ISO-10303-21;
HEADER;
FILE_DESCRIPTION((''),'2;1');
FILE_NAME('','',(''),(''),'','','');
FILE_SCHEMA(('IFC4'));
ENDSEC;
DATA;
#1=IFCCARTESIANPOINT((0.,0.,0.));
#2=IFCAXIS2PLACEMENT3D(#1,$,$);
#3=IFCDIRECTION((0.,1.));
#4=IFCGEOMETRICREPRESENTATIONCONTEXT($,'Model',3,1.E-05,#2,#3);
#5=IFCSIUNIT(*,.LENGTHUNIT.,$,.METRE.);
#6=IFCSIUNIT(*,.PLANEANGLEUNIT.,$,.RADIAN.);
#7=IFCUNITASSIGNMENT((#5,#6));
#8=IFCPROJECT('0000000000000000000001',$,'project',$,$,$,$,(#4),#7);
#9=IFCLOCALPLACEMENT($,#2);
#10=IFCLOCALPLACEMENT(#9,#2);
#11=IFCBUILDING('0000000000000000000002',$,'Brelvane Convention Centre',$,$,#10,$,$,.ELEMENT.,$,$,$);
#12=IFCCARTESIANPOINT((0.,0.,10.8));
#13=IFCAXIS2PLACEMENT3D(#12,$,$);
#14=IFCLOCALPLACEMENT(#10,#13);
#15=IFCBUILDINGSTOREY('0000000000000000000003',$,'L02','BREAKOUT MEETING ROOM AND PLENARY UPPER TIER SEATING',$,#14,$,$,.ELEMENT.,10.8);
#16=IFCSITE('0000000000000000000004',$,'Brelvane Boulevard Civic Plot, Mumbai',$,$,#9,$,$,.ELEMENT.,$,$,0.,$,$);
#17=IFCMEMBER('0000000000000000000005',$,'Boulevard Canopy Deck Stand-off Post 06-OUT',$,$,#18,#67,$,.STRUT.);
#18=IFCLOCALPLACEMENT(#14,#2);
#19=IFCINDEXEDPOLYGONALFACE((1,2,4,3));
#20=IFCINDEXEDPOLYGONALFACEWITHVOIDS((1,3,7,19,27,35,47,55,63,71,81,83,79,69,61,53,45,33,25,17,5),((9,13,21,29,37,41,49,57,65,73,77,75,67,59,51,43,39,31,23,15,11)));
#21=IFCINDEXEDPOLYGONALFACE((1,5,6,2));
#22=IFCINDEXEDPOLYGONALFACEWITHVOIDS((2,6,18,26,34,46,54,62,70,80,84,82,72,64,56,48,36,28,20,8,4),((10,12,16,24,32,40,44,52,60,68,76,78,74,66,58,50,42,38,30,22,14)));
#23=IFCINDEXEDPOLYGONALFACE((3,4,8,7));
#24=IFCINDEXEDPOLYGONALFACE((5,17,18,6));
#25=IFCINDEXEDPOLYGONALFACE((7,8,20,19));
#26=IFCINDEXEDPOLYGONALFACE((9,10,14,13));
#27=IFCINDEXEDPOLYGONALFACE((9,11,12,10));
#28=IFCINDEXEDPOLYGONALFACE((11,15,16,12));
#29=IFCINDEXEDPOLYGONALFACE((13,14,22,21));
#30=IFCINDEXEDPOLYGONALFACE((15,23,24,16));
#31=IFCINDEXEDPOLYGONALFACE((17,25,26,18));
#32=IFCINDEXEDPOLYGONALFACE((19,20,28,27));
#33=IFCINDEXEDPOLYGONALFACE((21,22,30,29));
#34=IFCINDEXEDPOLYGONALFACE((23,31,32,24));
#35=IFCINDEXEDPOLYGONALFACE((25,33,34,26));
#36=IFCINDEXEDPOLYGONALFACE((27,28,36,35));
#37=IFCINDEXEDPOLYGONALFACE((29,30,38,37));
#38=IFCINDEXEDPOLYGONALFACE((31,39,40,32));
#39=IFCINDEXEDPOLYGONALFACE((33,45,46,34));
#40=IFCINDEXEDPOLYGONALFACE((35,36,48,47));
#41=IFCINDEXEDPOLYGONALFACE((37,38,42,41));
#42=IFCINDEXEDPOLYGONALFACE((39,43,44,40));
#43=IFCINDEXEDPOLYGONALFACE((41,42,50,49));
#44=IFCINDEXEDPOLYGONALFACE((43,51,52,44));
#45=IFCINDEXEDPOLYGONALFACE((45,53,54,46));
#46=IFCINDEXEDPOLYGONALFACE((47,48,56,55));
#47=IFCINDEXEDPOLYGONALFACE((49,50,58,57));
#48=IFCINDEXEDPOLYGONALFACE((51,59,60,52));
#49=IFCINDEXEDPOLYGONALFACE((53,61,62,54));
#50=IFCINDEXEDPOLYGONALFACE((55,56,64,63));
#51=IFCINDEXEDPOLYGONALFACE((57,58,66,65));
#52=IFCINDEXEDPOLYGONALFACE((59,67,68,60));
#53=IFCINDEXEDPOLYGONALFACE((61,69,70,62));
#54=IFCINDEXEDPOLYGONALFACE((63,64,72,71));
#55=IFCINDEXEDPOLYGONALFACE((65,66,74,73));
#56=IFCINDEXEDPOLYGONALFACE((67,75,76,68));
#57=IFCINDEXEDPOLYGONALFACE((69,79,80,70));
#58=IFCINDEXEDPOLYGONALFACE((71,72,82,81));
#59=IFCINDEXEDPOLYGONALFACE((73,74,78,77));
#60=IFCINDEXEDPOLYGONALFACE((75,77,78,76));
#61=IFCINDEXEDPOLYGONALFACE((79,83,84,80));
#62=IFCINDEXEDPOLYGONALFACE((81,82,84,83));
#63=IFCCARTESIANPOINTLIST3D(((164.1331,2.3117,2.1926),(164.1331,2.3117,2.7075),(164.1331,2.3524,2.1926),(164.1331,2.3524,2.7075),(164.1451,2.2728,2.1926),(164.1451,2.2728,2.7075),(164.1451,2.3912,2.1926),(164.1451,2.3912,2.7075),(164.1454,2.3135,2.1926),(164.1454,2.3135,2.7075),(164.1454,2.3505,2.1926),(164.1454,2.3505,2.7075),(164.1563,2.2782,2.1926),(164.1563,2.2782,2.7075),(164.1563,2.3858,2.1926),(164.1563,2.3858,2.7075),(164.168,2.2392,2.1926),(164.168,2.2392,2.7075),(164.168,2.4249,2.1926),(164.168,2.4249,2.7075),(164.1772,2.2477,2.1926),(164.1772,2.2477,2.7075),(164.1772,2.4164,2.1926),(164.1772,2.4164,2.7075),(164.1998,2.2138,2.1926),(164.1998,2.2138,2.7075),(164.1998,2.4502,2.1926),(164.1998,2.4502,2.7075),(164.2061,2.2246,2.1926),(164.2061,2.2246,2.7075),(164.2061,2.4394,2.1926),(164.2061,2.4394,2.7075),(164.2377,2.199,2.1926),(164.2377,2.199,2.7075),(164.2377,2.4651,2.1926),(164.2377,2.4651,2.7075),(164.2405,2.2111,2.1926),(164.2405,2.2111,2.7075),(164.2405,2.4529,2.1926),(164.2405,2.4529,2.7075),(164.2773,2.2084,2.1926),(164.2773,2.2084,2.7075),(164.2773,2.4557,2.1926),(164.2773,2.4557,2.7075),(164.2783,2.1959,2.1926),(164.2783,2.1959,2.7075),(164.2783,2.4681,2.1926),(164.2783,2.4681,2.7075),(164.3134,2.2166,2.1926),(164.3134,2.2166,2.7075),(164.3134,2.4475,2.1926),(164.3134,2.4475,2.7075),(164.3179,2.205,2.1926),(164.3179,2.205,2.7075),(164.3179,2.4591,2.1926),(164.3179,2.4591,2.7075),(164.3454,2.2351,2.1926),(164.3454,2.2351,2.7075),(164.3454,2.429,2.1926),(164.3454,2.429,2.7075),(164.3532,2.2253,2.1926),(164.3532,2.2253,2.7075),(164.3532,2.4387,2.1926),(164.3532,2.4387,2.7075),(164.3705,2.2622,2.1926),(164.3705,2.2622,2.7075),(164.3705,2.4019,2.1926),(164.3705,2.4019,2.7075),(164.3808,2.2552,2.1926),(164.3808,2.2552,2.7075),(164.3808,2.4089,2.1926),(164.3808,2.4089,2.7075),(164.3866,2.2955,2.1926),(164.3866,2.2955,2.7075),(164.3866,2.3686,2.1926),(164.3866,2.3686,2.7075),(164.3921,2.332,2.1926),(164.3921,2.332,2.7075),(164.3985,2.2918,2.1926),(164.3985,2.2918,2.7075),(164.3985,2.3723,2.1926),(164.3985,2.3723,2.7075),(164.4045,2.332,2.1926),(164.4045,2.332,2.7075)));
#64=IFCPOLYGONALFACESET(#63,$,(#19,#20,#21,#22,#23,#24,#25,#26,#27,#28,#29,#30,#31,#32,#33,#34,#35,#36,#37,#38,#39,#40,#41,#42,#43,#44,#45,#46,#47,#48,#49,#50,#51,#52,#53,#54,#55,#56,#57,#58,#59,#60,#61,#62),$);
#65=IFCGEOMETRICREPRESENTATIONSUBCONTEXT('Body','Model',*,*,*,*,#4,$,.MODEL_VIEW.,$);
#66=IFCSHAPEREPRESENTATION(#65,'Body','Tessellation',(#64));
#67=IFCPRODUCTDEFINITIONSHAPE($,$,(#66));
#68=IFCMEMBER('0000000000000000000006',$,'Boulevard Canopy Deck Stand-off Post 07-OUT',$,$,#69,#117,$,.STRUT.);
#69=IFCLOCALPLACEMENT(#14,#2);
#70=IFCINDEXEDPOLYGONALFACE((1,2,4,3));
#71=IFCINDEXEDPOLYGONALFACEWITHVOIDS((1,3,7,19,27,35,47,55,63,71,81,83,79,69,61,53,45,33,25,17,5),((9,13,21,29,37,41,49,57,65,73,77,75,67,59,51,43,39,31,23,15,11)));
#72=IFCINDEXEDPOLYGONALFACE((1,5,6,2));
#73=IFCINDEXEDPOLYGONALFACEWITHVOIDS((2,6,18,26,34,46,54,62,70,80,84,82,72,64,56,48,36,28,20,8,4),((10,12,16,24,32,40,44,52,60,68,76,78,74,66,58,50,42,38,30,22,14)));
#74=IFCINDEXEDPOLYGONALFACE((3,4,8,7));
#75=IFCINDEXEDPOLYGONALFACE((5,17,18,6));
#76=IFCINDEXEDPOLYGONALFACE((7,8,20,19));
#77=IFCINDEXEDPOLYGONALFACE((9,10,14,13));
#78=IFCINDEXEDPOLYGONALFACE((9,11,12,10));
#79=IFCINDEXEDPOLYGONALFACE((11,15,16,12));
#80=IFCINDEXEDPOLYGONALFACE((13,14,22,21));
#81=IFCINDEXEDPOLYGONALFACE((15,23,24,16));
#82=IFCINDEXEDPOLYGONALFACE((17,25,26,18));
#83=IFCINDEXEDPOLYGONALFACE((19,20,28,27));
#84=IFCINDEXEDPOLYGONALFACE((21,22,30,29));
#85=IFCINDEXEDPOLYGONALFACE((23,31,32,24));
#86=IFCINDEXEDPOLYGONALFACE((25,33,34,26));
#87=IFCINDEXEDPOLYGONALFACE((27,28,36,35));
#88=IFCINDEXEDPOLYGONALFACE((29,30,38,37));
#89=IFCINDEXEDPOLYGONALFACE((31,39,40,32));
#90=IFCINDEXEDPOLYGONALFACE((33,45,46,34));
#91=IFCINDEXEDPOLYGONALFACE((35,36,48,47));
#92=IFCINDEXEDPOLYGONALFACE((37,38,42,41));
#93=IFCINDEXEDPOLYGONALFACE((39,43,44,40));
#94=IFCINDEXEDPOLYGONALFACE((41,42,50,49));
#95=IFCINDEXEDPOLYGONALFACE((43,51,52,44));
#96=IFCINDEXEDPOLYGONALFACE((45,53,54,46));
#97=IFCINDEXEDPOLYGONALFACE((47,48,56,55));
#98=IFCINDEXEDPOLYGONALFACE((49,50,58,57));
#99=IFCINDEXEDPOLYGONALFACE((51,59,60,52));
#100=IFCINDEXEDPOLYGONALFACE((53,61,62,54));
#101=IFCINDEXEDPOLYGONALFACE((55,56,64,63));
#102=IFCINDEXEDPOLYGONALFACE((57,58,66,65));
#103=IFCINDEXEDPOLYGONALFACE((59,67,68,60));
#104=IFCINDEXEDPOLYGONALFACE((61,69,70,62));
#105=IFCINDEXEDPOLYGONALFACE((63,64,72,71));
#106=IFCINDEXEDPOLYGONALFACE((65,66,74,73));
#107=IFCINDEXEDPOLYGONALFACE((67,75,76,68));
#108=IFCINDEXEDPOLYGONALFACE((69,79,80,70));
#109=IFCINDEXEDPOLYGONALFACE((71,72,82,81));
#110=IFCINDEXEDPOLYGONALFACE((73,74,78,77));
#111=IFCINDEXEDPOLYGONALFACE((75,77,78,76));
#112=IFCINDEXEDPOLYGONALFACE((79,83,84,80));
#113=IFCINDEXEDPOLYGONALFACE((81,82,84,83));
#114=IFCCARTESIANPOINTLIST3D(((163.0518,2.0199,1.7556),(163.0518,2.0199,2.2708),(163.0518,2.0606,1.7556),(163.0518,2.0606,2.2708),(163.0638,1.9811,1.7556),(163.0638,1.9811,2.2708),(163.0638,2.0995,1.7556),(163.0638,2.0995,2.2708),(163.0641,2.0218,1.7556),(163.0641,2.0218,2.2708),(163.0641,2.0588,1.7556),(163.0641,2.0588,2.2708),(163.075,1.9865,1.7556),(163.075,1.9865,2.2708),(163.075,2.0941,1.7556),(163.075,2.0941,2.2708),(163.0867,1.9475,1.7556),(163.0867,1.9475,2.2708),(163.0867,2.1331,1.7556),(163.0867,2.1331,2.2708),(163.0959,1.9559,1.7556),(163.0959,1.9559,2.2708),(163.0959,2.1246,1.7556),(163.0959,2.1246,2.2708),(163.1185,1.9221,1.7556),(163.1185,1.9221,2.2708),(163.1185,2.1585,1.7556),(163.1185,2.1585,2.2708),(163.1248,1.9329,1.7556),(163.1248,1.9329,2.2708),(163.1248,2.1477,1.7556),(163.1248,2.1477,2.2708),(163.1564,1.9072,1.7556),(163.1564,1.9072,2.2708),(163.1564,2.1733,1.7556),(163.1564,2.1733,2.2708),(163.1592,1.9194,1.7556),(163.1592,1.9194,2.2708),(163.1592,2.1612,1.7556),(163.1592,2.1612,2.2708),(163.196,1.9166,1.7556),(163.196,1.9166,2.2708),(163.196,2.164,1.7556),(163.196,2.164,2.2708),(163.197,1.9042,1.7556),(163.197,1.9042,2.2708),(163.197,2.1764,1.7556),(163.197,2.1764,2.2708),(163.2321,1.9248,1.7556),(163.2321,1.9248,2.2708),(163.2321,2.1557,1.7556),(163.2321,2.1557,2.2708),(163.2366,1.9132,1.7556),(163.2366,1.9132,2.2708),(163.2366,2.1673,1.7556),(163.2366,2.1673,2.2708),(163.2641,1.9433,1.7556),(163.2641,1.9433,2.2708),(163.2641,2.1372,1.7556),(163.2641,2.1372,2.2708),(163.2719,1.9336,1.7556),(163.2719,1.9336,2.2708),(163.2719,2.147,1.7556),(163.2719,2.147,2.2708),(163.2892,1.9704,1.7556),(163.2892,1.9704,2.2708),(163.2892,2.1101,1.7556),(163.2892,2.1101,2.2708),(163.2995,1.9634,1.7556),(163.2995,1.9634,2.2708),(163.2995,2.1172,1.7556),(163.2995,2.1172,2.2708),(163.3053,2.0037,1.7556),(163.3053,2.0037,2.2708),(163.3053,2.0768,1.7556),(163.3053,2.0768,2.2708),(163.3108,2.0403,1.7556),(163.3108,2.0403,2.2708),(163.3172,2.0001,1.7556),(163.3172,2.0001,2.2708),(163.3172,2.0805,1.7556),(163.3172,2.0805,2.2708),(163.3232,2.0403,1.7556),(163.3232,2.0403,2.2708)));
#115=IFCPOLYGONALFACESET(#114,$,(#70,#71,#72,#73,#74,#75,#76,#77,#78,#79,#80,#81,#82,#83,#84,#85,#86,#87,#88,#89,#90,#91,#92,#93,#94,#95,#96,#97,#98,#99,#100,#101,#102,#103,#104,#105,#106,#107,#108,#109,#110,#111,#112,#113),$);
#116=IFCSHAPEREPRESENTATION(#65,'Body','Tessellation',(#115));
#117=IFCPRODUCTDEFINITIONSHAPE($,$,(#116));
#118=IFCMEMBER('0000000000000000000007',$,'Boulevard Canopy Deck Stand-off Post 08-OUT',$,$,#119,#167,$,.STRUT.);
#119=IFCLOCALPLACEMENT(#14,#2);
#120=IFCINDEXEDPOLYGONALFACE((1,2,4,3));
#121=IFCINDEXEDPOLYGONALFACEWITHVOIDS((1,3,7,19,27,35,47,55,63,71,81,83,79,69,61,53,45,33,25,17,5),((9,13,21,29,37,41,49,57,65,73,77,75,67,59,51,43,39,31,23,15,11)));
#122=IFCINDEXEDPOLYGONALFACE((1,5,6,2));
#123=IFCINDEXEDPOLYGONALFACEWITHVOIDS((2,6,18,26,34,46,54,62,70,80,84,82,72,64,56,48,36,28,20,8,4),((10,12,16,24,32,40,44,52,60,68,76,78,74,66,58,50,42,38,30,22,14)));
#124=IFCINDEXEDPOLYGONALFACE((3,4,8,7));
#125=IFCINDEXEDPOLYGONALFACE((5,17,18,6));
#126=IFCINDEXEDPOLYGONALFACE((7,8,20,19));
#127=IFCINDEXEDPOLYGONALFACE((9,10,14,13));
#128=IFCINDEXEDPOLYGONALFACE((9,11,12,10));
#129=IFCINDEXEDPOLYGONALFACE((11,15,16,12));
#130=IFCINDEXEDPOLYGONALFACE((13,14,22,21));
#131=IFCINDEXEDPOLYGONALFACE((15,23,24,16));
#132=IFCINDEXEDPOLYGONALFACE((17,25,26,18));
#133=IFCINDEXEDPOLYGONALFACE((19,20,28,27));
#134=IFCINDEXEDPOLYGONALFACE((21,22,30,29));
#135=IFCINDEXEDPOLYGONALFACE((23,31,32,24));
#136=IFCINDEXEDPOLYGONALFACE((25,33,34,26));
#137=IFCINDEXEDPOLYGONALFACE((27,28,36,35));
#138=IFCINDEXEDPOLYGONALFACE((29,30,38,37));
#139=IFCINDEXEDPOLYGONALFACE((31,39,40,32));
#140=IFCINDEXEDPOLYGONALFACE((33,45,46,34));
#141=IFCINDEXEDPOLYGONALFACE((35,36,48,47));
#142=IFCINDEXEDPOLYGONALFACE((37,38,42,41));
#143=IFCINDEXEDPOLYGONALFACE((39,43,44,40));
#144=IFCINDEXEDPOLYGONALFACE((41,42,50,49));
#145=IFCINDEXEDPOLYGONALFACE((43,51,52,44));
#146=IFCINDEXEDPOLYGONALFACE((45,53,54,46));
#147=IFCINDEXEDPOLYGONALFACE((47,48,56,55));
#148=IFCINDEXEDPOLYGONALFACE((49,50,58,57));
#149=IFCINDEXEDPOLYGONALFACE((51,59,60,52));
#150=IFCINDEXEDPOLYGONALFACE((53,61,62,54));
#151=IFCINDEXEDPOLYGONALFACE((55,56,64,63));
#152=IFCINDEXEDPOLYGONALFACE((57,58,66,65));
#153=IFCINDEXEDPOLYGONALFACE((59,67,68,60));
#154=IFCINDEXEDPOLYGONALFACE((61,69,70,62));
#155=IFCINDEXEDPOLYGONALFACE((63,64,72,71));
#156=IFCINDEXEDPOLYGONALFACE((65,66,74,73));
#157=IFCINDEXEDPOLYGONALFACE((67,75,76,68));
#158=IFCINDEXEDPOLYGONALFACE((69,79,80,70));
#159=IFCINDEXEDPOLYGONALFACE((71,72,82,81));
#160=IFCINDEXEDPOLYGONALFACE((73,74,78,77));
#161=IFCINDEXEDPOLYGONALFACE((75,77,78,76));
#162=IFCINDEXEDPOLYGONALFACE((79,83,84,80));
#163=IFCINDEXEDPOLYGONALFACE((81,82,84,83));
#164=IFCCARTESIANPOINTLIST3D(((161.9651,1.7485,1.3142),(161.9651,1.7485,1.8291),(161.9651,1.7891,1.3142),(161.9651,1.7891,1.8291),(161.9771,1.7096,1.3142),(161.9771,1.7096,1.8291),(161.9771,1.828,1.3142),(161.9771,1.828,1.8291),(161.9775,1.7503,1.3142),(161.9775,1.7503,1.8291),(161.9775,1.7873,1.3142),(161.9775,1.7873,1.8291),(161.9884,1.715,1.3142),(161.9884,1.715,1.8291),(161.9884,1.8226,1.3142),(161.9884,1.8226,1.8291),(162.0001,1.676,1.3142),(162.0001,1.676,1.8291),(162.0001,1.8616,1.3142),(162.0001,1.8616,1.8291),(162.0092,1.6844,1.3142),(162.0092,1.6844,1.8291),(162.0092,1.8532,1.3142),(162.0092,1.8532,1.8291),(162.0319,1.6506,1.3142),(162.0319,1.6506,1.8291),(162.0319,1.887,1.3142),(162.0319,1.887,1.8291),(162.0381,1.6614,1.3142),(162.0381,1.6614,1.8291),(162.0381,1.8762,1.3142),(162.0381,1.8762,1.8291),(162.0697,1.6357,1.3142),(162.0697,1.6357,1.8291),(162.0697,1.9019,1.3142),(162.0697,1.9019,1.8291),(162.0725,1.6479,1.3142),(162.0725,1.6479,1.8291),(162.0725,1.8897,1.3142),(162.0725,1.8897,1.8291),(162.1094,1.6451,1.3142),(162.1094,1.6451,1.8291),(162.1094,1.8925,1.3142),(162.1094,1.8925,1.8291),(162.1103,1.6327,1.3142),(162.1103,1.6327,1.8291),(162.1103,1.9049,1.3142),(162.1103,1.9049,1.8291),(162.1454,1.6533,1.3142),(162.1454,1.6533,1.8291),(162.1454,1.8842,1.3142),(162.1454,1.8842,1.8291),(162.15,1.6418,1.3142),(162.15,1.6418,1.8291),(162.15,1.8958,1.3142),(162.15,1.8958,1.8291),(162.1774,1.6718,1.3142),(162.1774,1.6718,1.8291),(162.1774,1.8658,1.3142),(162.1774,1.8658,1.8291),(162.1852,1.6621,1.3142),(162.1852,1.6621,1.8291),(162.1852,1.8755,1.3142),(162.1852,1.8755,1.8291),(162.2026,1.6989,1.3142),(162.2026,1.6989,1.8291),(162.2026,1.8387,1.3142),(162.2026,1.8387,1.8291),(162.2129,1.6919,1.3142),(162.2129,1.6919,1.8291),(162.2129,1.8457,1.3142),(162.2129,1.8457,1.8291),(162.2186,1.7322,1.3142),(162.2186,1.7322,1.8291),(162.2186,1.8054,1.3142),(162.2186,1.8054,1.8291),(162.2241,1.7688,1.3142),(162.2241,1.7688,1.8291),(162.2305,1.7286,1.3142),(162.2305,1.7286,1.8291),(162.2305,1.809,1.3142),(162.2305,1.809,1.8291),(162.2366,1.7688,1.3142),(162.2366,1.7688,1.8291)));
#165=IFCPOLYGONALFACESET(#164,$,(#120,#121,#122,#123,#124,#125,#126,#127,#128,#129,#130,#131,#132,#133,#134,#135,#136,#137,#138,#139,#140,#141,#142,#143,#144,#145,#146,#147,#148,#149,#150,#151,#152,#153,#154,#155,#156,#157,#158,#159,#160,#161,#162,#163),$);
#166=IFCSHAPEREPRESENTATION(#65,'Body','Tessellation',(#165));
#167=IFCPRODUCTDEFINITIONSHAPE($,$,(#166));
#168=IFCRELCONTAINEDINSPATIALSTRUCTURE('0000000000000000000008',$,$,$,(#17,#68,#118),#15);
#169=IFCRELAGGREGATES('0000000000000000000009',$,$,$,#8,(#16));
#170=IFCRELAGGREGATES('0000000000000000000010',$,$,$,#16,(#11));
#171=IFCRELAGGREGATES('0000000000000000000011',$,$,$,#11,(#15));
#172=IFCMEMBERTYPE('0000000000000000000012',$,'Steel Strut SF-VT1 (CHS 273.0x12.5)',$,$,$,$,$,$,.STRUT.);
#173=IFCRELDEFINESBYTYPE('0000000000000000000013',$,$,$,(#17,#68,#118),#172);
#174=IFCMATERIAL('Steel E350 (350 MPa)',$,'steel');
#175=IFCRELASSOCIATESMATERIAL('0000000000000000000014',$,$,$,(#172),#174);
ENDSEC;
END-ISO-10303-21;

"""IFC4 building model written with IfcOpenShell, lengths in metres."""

from ifc_helpers import new_model, si_unit, direction, frame, origin, origin_2d, place, context, subcontext, project, spatial, hollow_circle, extrude, material, material_profile, profile_set, type_object, element, save


model = new_model("IFC4")

# Units and contexts
model_context = context("Model", 3, precision=1e-05, world=origin(), true_north=direction((0.0, 1.0)))
body_context = subcontext(model_context, "Body", "Model", "MODEL_VIEW")
ifc_project = project(units=[si_unit("LENGTHUNIT", "METRE"), si_unit("PLANEANGLEUNIT", "RADIAN")], contexts=[model_context])

# Site, building, storey
site_placement = place(None, origin())
site = spatial("IfcSite", under=ifc_project, at=site_placement, Name="Brelvane Boulevard Civic Plot, Mumbai", CompositionType="ELEMENT", RefElevation=0.0)
building_placement = place(site_placement, origin())
building = spatial("IfcBuilding", under=site, at=building_placement, Name="Brelvane Convention Centre", CompositionType="ELEMENT")
storey_placement = place(building_placement, frame((0.0, 0.0, 10.8)))
storey = spatial("IfcBuildingStorey", under=building, at=storey_placement, Name="L02", Description="BREAKOUT MEETING ROOM AND PLENARY UPPER TIER SEATING", CompositionType="ELEMENT", Elevation=10.8)

# Members
ifc_material_1 = material(Name="Steel E350 (350 MPa)", Category="steel")
ifc_material_profile_1 = material_profile(ifc_material_1, hollow_circle(Radius=0.1365, WallThickness=0.0125, at=origin_2d()), Name="CHS 273.0x12.5")
ifc_profile_set_1 = profile_set([ifc_material_profile_1], Name="Steel E350 (350 MPa)")
member_type_1 = type_object("IfcMemberType", Name="Steel Strut SF-VT1 (CHS 273.0x12.5)", PredefinedType="STRUT", material=ifc_profile_set_1)
member_1_placement = place(storey_placement, frame((164.2681, 2.332, 2.1926), z_axis=(0.0, 0.0, 1.0), x_axis=(1.0, 0.0, 0.0)))
element("IfcMember", 1, at=member_1_placement, inside=storey, type_object=member_type_1, Name="Boulevard Canopy Deck Stand-off Post 06-OUT", PredefinedType="STRUT", context=body_context, shape_type="SweptSolid", body=[
    extrude(hollow_circle(Radius=0.1365, WallThickness=0.0125, at=origin_2d()), origin(), (0.0, 0.0, 1.0), 0.5149),
])
member_2_placement = place(storey_placement, frame((163.1868, 2.0403, 1.7556), z_axis=(0.0, 0.0, 1.0), x_axis=(1.0, 0.0, 0.0)))
element("IfcMember", 2, at=member_2_placement, inside=storey, type_object=member_type_1, Name="Boulevard Canopy Deck Stand-off Post 07-OUT", PredefinedType="STRUT", context=body_context, shape_type="SweptSolid", body=[
    extrude(hollow_circle(Radius=0.1365, WallThickness=0.0125, at=origin_2d()), origin(), (0.0, 0.0, 1.0), 0.5151),
])
member_3_placement = place(storey_placement, frame((162.1001, 1.7688, 1.3142), z_axis=(0.0, 0.0, 1.0), x_axis=(1.0, 0.0, 0.0)))
element("IfcMember", 3, at=member_3_placement, inside=storey, type_object=member_type_1, Name="Boulevard Canopy Deck Stand-off Post 08-OUT", PredefinedType="STRUT", context=body_context, shape_type="SweptSolid", body=[
    extrude(hollow_circle(Radius=0.1365, WallThickness=0.0125, at=origin_2d()), origin(), (0.0, 0.0, 1.0), 0.5149),
])

save(model, "model.ifc")
